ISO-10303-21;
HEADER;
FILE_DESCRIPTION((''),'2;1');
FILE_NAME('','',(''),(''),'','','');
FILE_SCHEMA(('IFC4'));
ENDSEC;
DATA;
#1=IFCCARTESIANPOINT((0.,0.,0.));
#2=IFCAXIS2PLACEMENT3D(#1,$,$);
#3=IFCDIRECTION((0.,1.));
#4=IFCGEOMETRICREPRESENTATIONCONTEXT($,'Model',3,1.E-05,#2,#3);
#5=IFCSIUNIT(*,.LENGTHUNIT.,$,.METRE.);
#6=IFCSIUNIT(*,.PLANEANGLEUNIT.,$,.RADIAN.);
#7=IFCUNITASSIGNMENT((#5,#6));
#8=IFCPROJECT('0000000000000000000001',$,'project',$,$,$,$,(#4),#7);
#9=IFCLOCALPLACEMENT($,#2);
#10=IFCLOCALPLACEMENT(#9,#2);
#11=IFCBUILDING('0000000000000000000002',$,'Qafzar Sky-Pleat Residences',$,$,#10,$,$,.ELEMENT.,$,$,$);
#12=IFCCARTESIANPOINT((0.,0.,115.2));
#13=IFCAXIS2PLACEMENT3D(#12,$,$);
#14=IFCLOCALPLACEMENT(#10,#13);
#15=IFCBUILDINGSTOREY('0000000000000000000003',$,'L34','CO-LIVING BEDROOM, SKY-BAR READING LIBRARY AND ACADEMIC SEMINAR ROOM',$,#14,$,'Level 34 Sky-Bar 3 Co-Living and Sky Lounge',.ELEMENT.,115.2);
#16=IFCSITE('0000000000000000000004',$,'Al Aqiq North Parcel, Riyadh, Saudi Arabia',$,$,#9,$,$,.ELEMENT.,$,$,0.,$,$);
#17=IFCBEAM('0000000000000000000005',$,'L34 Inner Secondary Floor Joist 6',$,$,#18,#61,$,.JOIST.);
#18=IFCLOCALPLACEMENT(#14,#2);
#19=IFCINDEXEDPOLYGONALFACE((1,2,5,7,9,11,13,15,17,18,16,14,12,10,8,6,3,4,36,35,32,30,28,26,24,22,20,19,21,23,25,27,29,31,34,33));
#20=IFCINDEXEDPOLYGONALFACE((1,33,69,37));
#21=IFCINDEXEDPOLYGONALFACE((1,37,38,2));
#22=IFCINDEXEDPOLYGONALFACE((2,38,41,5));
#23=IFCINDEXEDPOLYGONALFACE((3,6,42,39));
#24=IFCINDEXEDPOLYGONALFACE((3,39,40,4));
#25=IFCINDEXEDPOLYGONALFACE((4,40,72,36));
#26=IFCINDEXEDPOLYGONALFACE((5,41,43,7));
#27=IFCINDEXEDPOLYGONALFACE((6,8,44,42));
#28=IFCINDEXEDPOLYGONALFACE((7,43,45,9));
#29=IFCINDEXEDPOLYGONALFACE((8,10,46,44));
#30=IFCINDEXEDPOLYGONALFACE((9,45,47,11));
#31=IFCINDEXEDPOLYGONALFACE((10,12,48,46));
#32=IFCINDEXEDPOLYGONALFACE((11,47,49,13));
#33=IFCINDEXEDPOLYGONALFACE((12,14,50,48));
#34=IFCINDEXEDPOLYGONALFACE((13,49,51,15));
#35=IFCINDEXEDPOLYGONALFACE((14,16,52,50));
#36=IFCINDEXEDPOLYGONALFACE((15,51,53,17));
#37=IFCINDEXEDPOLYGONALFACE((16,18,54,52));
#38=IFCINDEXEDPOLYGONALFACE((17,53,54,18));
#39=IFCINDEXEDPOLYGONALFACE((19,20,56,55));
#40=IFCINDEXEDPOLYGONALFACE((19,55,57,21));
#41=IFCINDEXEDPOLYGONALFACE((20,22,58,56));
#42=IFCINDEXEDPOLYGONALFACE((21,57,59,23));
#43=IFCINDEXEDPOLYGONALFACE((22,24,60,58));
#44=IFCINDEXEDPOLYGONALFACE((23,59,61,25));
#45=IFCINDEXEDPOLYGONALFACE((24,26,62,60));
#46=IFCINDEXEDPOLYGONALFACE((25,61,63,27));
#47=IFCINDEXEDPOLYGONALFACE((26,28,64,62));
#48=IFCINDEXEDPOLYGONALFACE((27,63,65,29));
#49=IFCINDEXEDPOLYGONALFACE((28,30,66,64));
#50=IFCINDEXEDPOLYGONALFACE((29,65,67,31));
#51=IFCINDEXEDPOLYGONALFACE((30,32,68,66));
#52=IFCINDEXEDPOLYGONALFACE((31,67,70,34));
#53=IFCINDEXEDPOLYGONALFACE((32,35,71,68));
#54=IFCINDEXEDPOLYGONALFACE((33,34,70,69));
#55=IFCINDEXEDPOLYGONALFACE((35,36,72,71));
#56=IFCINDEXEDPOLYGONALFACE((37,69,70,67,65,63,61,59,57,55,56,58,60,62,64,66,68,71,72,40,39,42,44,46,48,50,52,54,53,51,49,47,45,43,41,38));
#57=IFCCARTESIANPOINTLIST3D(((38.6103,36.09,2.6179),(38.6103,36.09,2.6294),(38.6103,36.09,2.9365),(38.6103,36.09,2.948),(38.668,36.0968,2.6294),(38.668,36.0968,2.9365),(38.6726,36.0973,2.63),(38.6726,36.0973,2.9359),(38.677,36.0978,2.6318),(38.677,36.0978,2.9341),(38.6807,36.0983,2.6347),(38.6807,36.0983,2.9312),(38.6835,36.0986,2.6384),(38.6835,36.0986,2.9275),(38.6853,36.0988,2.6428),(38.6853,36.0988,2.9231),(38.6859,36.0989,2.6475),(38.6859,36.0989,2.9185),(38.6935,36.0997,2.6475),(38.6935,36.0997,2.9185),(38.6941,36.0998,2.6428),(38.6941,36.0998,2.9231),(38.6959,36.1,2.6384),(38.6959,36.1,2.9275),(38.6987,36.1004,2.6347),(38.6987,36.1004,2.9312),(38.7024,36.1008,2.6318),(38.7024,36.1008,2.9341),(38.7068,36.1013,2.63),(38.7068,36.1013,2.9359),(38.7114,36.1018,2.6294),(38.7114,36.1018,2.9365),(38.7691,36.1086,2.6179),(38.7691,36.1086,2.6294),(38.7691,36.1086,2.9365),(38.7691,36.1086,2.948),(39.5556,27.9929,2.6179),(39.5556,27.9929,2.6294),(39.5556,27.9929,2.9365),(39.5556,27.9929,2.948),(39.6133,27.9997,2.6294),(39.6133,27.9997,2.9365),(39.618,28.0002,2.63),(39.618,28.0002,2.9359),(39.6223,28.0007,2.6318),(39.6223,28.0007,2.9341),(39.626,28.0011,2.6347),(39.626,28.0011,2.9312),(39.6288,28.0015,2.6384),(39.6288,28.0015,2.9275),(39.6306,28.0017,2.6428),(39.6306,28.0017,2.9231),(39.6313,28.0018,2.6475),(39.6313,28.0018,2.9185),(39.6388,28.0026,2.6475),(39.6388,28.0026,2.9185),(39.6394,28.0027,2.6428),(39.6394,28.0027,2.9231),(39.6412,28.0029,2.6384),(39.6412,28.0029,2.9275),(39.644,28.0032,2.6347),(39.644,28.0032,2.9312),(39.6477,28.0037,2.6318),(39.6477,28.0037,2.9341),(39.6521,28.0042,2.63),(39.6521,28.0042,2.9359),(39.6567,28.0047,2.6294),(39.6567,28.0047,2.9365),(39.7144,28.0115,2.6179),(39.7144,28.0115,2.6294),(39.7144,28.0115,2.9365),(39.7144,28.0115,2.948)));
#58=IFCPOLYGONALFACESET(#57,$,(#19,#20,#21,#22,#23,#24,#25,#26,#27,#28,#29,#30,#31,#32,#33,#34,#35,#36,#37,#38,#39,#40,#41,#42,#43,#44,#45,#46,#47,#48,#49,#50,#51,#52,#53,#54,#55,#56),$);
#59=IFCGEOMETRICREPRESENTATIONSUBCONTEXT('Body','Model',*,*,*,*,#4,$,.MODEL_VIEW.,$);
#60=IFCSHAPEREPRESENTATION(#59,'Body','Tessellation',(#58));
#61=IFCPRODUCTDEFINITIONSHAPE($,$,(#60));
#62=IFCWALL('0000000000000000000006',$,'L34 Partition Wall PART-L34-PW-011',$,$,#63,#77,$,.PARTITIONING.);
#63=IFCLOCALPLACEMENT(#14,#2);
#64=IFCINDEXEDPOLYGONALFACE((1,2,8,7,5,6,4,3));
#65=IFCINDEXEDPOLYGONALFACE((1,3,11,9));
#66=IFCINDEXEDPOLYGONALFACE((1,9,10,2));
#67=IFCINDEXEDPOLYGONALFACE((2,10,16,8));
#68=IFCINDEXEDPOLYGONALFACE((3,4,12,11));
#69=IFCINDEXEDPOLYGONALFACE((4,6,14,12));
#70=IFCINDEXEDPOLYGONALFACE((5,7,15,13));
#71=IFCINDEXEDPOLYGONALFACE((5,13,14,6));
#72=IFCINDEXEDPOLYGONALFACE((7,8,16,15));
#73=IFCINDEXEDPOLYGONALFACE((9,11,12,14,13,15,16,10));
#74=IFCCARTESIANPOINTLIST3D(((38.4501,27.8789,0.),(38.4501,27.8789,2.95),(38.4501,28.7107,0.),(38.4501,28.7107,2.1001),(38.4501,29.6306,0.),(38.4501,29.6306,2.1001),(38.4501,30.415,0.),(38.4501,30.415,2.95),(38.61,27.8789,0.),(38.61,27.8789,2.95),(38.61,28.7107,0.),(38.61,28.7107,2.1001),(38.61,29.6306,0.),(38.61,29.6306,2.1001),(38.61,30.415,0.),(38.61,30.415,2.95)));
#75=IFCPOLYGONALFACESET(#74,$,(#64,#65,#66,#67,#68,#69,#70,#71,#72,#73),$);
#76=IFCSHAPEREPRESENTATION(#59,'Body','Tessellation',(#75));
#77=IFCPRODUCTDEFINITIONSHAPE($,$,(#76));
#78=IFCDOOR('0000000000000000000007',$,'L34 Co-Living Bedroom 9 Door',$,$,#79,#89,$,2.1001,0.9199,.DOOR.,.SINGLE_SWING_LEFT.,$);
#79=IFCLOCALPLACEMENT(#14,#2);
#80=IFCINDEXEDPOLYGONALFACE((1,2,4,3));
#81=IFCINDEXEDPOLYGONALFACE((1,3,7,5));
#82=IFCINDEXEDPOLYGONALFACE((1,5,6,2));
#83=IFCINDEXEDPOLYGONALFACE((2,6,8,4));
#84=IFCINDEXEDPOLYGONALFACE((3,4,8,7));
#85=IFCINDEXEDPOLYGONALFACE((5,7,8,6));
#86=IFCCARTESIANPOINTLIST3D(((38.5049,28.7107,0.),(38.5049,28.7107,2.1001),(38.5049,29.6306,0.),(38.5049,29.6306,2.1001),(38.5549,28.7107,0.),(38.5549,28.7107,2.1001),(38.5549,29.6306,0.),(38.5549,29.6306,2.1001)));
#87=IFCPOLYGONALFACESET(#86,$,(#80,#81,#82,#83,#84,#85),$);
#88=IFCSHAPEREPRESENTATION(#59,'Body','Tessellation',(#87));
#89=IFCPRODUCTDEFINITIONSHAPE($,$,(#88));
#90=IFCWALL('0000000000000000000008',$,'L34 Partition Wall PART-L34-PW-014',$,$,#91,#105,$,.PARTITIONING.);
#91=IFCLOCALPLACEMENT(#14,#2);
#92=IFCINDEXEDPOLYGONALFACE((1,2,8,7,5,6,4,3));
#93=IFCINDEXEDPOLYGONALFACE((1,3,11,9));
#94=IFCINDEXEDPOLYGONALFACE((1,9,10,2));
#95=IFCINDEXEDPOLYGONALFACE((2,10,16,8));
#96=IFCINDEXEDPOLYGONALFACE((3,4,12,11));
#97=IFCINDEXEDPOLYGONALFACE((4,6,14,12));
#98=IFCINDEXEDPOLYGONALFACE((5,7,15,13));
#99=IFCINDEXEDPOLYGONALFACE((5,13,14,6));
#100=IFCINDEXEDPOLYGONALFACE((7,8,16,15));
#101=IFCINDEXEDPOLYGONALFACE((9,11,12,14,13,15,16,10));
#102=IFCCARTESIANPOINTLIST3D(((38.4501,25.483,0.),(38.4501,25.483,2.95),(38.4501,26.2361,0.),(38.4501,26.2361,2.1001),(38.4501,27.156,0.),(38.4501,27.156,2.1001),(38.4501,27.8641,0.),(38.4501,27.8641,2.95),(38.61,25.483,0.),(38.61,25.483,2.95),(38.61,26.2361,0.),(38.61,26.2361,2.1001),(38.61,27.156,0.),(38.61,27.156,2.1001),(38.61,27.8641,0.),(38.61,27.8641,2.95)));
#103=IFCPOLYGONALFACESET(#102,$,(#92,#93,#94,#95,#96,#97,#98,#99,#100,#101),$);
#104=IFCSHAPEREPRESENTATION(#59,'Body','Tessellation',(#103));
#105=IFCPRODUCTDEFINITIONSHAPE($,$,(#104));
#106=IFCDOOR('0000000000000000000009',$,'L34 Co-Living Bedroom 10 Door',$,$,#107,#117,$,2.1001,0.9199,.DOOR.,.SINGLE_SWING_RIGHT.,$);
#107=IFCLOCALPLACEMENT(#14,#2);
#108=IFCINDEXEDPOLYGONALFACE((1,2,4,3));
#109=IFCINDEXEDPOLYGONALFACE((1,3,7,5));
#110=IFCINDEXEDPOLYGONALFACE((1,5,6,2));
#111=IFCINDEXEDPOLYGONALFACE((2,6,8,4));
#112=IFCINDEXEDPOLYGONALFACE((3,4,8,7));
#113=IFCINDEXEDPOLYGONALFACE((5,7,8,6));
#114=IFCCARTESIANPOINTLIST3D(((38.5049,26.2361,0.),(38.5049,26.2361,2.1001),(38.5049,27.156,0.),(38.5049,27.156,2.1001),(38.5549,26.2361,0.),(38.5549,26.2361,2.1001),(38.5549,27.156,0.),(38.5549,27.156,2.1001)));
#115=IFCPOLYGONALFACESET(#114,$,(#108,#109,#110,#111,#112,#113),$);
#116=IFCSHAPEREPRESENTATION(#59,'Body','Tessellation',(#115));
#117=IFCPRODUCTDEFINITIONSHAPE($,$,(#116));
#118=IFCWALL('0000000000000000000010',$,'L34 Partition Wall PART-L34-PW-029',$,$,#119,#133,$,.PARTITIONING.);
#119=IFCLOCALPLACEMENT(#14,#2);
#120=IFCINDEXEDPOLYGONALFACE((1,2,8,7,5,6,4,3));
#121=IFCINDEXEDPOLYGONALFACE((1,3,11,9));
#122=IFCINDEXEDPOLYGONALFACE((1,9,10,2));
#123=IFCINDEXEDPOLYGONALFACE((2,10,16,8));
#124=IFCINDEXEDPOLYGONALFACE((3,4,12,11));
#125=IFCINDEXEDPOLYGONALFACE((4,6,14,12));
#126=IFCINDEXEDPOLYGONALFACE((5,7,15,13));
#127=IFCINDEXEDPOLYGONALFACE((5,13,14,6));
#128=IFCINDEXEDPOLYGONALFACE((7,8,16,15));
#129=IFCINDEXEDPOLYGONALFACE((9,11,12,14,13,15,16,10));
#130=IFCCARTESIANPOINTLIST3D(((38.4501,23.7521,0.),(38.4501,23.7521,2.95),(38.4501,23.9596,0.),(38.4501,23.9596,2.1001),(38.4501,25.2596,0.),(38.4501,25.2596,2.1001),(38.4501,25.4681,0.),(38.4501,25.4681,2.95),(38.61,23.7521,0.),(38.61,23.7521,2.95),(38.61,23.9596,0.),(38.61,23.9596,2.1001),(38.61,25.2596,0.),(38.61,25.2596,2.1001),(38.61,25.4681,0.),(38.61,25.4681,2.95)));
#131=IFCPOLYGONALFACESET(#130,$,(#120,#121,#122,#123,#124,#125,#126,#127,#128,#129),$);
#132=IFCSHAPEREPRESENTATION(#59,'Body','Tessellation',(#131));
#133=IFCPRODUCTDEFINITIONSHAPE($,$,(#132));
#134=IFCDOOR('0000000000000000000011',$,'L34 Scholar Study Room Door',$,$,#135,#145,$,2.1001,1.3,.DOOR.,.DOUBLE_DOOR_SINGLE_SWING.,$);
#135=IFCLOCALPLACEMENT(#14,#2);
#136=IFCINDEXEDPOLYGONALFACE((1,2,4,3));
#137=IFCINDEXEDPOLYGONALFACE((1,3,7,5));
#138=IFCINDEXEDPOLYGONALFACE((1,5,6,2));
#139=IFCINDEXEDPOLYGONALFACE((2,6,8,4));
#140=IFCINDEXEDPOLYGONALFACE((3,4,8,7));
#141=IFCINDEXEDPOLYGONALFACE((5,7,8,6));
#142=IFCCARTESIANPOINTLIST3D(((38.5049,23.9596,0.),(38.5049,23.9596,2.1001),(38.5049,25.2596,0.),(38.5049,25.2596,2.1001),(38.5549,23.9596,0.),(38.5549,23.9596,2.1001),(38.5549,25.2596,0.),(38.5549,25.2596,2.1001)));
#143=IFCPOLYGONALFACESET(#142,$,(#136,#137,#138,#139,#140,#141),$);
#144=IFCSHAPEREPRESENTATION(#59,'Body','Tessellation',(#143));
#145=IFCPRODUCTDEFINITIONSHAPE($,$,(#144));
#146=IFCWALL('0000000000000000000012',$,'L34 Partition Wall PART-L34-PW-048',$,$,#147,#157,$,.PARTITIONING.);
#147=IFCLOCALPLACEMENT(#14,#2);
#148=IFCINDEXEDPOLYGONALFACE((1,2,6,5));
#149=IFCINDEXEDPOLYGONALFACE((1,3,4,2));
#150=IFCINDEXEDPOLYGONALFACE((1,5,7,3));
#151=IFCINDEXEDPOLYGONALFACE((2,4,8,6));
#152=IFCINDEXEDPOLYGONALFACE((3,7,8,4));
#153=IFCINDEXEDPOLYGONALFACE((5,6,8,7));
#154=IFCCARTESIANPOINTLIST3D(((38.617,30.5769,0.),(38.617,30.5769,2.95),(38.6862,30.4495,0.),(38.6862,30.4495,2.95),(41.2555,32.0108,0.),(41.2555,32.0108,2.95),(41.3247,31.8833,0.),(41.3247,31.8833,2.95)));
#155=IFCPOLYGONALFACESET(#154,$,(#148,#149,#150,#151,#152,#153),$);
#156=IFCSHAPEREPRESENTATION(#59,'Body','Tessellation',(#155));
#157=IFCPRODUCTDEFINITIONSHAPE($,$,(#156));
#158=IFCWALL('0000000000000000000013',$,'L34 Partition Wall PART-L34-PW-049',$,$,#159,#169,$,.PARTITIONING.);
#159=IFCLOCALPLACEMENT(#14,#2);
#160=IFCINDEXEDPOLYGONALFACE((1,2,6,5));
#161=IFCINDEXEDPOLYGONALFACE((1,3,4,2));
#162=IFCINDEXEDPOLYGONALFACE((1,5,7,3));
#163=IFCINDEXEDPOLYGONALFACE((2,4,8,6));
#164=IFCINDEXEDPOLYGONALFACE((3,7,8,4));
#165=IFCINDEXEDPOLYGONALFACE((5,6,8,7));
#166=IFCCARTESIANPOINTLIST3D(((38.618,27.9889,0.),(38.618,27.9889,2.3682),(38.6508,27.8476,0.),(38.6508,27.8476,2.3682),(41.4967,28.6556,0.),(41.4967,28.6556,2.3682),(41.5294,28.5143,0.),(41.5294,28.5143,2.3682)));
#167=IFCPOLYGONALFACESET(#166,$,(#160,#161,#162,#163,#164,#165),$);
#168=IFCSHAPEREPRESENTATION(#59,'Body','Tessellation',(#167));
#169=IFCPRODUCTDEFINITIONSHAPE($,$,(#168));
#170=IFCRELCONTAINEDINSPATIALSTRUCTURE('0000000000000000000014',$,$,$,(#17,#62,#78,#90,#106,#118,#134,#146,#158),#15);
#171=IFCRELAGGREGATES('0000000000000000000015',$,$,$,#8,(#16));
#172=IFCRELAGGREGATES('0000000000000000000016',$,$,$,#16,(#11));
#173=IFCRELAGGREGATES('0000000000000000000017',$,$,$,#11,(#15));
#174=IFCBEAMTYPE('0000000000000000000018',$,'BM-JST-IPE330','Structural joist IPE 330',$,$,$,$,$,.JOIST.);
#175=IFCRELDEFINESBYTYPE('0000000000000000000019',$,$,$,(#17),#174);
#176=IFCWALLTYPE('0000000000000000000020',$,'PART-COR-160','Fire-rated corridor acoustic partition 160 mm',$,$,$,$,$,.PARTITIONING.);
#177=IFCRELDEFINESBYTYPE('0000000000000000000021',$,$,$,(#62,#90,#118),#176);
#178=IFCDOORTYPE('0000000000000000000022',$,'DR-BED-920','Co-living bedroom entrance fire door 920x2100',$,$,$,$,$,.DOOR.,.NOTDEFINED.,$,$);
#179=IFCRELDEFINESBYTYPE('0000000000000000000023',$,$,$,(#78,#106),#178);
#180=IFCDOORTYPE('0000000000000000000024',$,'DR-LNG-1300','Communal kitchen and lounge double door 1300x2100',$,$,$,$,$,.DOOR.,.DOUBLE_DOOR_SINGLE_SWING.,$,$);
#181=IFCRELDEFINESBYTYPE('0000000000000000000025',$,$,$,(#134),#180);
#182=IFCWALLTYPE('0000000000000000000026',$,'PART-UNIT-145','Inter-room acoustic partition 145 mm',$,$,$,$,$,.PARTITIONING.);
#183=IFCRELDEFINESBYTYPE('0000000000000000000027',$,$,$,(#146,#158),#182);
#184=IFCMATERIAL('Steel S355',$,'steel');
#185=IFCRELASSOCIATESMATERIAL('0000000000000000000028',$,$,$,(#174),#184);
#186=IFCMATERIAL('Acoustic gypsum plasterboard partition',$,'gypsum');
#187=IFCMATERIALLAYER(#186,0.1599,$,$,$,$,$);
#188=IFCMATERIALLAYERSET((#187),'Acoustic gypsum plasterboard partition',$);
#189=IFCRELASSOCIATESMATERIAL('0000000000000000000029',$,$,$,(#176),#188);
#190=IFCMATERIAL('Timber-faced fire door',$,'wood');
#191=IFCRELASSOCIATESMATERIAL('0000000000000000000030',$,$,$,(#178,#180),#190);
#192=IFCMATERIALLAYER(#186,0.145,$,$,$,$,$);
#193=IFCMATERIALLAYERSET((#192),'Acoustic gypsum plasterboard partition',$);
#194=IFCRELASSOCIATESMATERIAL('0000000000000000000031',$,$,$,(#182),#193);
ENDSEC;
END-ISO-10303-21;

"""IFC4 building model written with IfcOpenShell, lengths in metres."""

from ifc_helpers import new_model, si_unit, direction, frame, frame_2d, origin, origin_2d, place, context, subcontext, project, spatial, rectangle, i_section, extrude, source, transform, mapped, material, layer, layer_set, material_profile, profile_set, type_object, element, fill, save


model = new_model("IFC4")

# Units and contexts
model_context = context("Model", 3, precision=1e-05, world=origin(), true_north=direction((0.0, 1.0)))
body_context = subcontext(model_context, "Body", "Model", "MODEL_VIEW")
ifc_project = project(units=[si_unit("LENGTHUNIT", "METRE"), si_unit("PLANEANGLEUNIT", "RADIAN")], contexts=[model_context])

# Site, building, storey
site_placement = place(None, origin())
site = spatial("IfcSite", under=ifc_project, at=site_placement, Name="Al Aqiq North Parcel, Riyadh, Saudi Arabia", CompositionType="ELEMENT", RefElevation=0.0)
building_placement = place(site_placement, origin())
building = spatial("IfcBuilding", under=site, at=building_placement, Name="Qafzar Sky-Pleat Residences", CompositionType="ELEMENT")
storey_placement = place(building_placement, frame((0.0, 0.0, 115.2)))
storey = spatial("IfcBuildingStorey", under=building, at=storey_placement, Name="L34", Description="CO-LIVING BEDROOM, SKY-BAR READING LIBRARY AND ACADEMIC SEMINAR ROOM", LongName="Level 34 Sky-Bar 3 Co-Living and Sky Lounge", CompositionType="ELEMENT", Elevation=115.2)

# Beam
ifc_material_1 = material(Name="Steel S355", Category="steel")
ifc_material_profile = material_profile(ifc_material_1, i_section(OverallWidth=0.1599, OverallDepth=0.3301, WebThickness=0.0076, FlangeThickness=0.0115, FilletRadius=0.0181, at=origin_2d()), Name="IPE 330")
ifc_profile_set = profile_set([ifc_material_profile], Name="Steel S355")
beam_type = type_object("IfcBeamType", Name="BM-JST-IPE330", Description="Structural joist IPE 330", PredefinedType="JOIST", material=ifc_profile_set)
shared_shape_1 = source(origin(), body_context, "Body", "SweptSolid", [
    extrude(i_section(OverallWidth=0.1599, OverallDepth=0.3301, WebThickness=0.0076, FlangeThickness=0.0115, FilletRadius=0.0181, at=origin_2d()), origin(), (0.0, 0.0, 1.0), 8.1521),
])
beam_placement = place(storey_placement, frame((39.635, 28.0022, 2.783), z_axis=(-0.115959, 0.993254, 0.0), x_axis=(-0.993254, -0.115959, 0.0)))
element("IfcBeam", 1, at=beam_placement, inside=storey, type_object=beam_type, Name="L34 Inner Secondary Floor Joist 6", PredefinedType="JOIST", context=body_context, shape_type="MappedRepresentation", body=[
    mapped(shared_shape_1, transform((0.0, 0.0, 0.0), x_axis=(1.0, 0.0, 0.0), y_axis=(0.0, 1.0, 0.0), z_axis=(0.0, 0.0, 1.0), scale=1.0)),
])

# Walls, openings, doors
ifc_material_2 = material(Name="Acoustic gypsum plasterboard partition", Category="gypsum")
ifc_layer_1 = layer(ifc_material_2, 0.1599)
ifc_layer_set_1 = layer_set([ifc_layer_1], Name="Acoustic gypsum plasterboard partition")
wall_type_1 = type_object("IfcWallType", Name="PART-COR-160", Description="Fire-rated corridor acoustic partition 160 mm", PredefinedType="PARTITIONING", material=ifc_layer_set_1)
wall_1_placement = place(storey_placement, frame((38.53, 30.415, 0.0), z_axis=(0.0, 0.0, 1.0), x_axis=(0.0, -1.0, 0.0)))
wall_1 = element("IfcWall", 2, at=wall_1_placement, inside=storey, type_object=wall_type_1, Name="L34 Partition Wall PART-L34-PW-011", PredefinedType="PARTITIONING", context=body_context, shape_type="SweptSolid", body=[
    extrude(rectangle(XDim=2.5361, YDim=0.1599, at=frame_2d((1.2681, 0.0))), origin(), (0.0, 0.0, 1.0), 2.95),
])
opening_1_placement = place(wall_1_placement, frame((0.7844, 0.0, 0.0)))
opening_1 = element("IfcOpeningElement", 3, at=opening_1_placement, cuts=wall_1, PredefinedType="OPENING", context=body_context, shape_type="SweptSolid", body=[
    extrude(rectangle(XDim=0.9199, YDim=2.1001, at=frame_2d((0.46, 1.05))), frame((0.0, 0.0898, 0.0), z_axis=(0.0, -1.0, 0.0), x_axis=(1.0, 0.0, 0.0)), (0.0, 0.0, 1.0), 0.1799),
])
ifc_material_3 = material(Name="Timber-faced fire door", Category="wood")
door_type_1 = type_object("IfcDoorType", Name="DR-BED-920", Description="Co-living bedroom entrance fire door 920x2100", OperationType="NOTDEFINED", PredefinedType="DOOR", material=ifc_material_3)
shared_shape_2 = source(origin(), body_context, "Body", "SweptSolid", [
    extrude(rectangle(XDim=0.9199, YDim=2.1001, at=frame_2d((0.46, 1.05))), frame((0.0, 0.0249, 0.0), z_axis=(0.0, -1.0, 0.0), x_axis=(1.0, 0.0, 0.0)), (0.0, 0.0, 1.0), 0.05),
])
door_1_placement = place(opening_1_placement, origin())
door_1 = element("IfcDoor", 4, at=door_1_placement, inside=storey, type_object=door_type_1, Name="L34 Co-Living Bedroom 9 Door", OperationType="SINGLE_SWING_LEFT", OverallHeight=2.1001, OverallWidth=0.9199, PredefinedType="DOOR", context=body_context, shape_type="MappedRepresentation", body=[
    mapped(shared_shape_2, transform((0.0, 0.0, 0.0), x_axis=(1.0, 0.0, 0.0), y_axis=(0.0, 1.0, 0.0), z_axis=(0.0, 0.0, 1.0), scale=1.0)),
])
fill(opening_1, door_1)
wall_2_placement = place(storey_placement, frame((38.53, 27.864, 0.0), z_axis=(0.0, 0.0, 1.0), x_axis=(0.0, -1.0, 0.0)))
wall_2 = element("IfcWall", 5, at=wall_2_placement, inside=storey, type_object=wall_type_1, Name="L34 Partition Wall PART-L34-PW-014", PredefinedType="PARTITIONING", context=body_context, shape_type="SweptSolid", body=[
    extrude(rectangle(XDim=2.3811, YDim=0.1599, at=frame_2d((1.1904, 0.0))), origin(), (0.0, 0.0, 1.0), 2.95),
])
opening_2_placement = place(wall_2_placement, frame((0.708, 0.0, 0.0)))
opening_2 = element("IfcOpeningElement", 6, at=opening_2_placement, cuts=wall_2, PredefinedType="OPENING", context=body_context, shape_type="SweptSolid", body=[
    extrude(rectangle(XDim=0.9199, YDim=2.1001, at=frame_2d((0.46, 1.05))), frame((0.0, 0.0898, 0.0), z_axis=(0.0, -1.0, 0.0), x_axis=(1.0, 0.0, 0.0)), (0.0, 0.0, 1.0), 0.1799),
])
door_2_placement = place(opening_2_placement, origin())
door_2 = element("IfcDoor", 7, at=door_2_placement, inside=storey, type_object=door_type_1, Name="L34 Co-Living Bedroom 10 Door", OperationType="SINGLE_SWING_RIGHT", OverallHeight=2.1001, OverallWidth=0.9199, PredefinedType="DOOR", context=body_context, shape_type="MappedRepresentation", body=[
    mapped(shared_shape_2, transform((0.0, 0.0, 0.0), x_axis=(1.0, 0.0, 0.0), y_axis=(0.0, 1.0, 0.0), z_axis=(0.0, 0.0, 1.0), scale=1.0)),
])
fill(opening_2, door_2)
wall_3_placement = place(storey_placement, frame((38.53, 25.468, 0.0), z_axis=(0.0, 0.0, 1.0), x_axis=(0.0, -1.0, 0.0)))
wall_3 = element("IfcWall", 8, at=wall_3_placement, inside=storey, type_object=wall_type_1, Name="L34 Partition Wall PART-L34-PW-029", PredefinedType="PARTITIONING", context=body_context, shape_type="SweptSolid", body=[
    extrude(rectangle(XDim=1.7161, YDim=0.1599, at=frame_2d((0.8579, 0.0))), origin(), (0.0, 0.0, 1.0), 2.95),
])
opening_3_placement = place(wall_3_placement, frame((0.2085, 0.0, 0.0)))
opening_3 = element("IfcOpeningElement", 9, at=opening_3_placement, cuts=wall_3, PredefinedType="OPENING", context=body_context, shape_type="SweptSolid", body=[
    extrude(rectangle(XDim=1.3, YDim=2.1001, at=frame_2d((0.6499, 1.05))), frame((0.0, 0.0898, 0.0), z_axis=(0.0, -1.0, 0.0), x_axis=(1.0, 0.0, 0.0)), (0.0, 0.0, 1.0), 0.1799),
])
door_type_2 = type_object("IfcDoorType", Name="DR-LNG-1300", Description="Communal kitchen and lounge double door 1300x2100", OperationType="DOUBLE_DOOR_SINGLE_SWING", PredefinedType="DOOR", material=ifc_material_3)
shared_shape_3 = source(origin(), body_context, "Body", "SweptSolid", [
    extrude(rectangle(XDim=1.3, YDim=2.1001, at=frame_2d((0.6499, 1.05))), frame((0.0, 0.0249, 0.0), z_axis=(0.0, -1.0, 0.0), x_axis=(1.0, 0.0, 0.0)), (0.0, 0.0, 1.0), 0.05),
])
door_3_placement = place(opening_3_placement, origin())
door_3 = element("IfcDoor", 10, at=door_3_placement, inside=storey, type_object=door_type_2, Name="L34 Scholar Study Room Door", OperationType="DOUBLE_DOOR_SINGLE_SWING", OverallHeight=2.1001, OverallWidth=1.3, PredefinedType="DOOR", context=body_context, shape_type="MappedRepresentation", body=[
    mapped(shared_shape_3, transform((0.0, 0.0, 0.0), x_axis=(1.0, 0.0, 0.0), y_axis=(0.0, 1.0, 0.0), z_axis=(0.0, 0.0, 1.0), scale=1.0)),
])
fill(opening_3, door_3)

# Walls
ifc_layer_2 = layer(ifc_material_2, 0.145)
ifc_layer_set_2 = layer_set([ifc_layer_2], Name="Acoustic gypsum plasterboard partition")
wall_type_2 = type_object("IfcWallType", Name="PART-UNIT-145", Description="Inter-room acoustic partition 145 mm", PredefinedType="PARTITIONING", material=ifc_layer_set_2)
wall_4_placement = place(storey_placement, frame((38.6516, 30.5132, 0.0), z_axis=(0.0, 0.0, 1.0), x_axis=(0.878637, 0.47749, 0.0)))
element("IfcWall", 11, at=wall_4_placement, inside=storey, type_object=wall_type_2, Name="L34 Partition Wall PART-L34-PW-048", PredefinedType="PARTITIONING", context=body_context, shape_type="SweptSolid", body=[
    extrude(rectangle(XDim=3.0029, YDim=0.145, at=frame_2d((1.5015, 0.0))), origin(), (0.0, 0.0, 1.0), 2.95),
])
wall_5_placement = place(storey_placement, frame((38.6343, 27.9182, 0.0), z_axis=(0.0, 0.0, 1.0), x_axis=(0.97421, 0.225644, 0.0)))
element("IfcWall", 12, at=wall_5_placement, inside=storey, type_object=wall_type_2, Name="L34 Partition Wall PART-L34-PW-049", PredefinedType="PARTITIONING", context=body_context, shape_type="SweptSolid", body=[
    extrude(rectangle(XDim=2.9548, YDim=0.145, at=frame_2d((1.4775, 0.0))), origin(), (0.0, 0.0, 1.0), 2.3682),
])

save(model, "model.ifc")
